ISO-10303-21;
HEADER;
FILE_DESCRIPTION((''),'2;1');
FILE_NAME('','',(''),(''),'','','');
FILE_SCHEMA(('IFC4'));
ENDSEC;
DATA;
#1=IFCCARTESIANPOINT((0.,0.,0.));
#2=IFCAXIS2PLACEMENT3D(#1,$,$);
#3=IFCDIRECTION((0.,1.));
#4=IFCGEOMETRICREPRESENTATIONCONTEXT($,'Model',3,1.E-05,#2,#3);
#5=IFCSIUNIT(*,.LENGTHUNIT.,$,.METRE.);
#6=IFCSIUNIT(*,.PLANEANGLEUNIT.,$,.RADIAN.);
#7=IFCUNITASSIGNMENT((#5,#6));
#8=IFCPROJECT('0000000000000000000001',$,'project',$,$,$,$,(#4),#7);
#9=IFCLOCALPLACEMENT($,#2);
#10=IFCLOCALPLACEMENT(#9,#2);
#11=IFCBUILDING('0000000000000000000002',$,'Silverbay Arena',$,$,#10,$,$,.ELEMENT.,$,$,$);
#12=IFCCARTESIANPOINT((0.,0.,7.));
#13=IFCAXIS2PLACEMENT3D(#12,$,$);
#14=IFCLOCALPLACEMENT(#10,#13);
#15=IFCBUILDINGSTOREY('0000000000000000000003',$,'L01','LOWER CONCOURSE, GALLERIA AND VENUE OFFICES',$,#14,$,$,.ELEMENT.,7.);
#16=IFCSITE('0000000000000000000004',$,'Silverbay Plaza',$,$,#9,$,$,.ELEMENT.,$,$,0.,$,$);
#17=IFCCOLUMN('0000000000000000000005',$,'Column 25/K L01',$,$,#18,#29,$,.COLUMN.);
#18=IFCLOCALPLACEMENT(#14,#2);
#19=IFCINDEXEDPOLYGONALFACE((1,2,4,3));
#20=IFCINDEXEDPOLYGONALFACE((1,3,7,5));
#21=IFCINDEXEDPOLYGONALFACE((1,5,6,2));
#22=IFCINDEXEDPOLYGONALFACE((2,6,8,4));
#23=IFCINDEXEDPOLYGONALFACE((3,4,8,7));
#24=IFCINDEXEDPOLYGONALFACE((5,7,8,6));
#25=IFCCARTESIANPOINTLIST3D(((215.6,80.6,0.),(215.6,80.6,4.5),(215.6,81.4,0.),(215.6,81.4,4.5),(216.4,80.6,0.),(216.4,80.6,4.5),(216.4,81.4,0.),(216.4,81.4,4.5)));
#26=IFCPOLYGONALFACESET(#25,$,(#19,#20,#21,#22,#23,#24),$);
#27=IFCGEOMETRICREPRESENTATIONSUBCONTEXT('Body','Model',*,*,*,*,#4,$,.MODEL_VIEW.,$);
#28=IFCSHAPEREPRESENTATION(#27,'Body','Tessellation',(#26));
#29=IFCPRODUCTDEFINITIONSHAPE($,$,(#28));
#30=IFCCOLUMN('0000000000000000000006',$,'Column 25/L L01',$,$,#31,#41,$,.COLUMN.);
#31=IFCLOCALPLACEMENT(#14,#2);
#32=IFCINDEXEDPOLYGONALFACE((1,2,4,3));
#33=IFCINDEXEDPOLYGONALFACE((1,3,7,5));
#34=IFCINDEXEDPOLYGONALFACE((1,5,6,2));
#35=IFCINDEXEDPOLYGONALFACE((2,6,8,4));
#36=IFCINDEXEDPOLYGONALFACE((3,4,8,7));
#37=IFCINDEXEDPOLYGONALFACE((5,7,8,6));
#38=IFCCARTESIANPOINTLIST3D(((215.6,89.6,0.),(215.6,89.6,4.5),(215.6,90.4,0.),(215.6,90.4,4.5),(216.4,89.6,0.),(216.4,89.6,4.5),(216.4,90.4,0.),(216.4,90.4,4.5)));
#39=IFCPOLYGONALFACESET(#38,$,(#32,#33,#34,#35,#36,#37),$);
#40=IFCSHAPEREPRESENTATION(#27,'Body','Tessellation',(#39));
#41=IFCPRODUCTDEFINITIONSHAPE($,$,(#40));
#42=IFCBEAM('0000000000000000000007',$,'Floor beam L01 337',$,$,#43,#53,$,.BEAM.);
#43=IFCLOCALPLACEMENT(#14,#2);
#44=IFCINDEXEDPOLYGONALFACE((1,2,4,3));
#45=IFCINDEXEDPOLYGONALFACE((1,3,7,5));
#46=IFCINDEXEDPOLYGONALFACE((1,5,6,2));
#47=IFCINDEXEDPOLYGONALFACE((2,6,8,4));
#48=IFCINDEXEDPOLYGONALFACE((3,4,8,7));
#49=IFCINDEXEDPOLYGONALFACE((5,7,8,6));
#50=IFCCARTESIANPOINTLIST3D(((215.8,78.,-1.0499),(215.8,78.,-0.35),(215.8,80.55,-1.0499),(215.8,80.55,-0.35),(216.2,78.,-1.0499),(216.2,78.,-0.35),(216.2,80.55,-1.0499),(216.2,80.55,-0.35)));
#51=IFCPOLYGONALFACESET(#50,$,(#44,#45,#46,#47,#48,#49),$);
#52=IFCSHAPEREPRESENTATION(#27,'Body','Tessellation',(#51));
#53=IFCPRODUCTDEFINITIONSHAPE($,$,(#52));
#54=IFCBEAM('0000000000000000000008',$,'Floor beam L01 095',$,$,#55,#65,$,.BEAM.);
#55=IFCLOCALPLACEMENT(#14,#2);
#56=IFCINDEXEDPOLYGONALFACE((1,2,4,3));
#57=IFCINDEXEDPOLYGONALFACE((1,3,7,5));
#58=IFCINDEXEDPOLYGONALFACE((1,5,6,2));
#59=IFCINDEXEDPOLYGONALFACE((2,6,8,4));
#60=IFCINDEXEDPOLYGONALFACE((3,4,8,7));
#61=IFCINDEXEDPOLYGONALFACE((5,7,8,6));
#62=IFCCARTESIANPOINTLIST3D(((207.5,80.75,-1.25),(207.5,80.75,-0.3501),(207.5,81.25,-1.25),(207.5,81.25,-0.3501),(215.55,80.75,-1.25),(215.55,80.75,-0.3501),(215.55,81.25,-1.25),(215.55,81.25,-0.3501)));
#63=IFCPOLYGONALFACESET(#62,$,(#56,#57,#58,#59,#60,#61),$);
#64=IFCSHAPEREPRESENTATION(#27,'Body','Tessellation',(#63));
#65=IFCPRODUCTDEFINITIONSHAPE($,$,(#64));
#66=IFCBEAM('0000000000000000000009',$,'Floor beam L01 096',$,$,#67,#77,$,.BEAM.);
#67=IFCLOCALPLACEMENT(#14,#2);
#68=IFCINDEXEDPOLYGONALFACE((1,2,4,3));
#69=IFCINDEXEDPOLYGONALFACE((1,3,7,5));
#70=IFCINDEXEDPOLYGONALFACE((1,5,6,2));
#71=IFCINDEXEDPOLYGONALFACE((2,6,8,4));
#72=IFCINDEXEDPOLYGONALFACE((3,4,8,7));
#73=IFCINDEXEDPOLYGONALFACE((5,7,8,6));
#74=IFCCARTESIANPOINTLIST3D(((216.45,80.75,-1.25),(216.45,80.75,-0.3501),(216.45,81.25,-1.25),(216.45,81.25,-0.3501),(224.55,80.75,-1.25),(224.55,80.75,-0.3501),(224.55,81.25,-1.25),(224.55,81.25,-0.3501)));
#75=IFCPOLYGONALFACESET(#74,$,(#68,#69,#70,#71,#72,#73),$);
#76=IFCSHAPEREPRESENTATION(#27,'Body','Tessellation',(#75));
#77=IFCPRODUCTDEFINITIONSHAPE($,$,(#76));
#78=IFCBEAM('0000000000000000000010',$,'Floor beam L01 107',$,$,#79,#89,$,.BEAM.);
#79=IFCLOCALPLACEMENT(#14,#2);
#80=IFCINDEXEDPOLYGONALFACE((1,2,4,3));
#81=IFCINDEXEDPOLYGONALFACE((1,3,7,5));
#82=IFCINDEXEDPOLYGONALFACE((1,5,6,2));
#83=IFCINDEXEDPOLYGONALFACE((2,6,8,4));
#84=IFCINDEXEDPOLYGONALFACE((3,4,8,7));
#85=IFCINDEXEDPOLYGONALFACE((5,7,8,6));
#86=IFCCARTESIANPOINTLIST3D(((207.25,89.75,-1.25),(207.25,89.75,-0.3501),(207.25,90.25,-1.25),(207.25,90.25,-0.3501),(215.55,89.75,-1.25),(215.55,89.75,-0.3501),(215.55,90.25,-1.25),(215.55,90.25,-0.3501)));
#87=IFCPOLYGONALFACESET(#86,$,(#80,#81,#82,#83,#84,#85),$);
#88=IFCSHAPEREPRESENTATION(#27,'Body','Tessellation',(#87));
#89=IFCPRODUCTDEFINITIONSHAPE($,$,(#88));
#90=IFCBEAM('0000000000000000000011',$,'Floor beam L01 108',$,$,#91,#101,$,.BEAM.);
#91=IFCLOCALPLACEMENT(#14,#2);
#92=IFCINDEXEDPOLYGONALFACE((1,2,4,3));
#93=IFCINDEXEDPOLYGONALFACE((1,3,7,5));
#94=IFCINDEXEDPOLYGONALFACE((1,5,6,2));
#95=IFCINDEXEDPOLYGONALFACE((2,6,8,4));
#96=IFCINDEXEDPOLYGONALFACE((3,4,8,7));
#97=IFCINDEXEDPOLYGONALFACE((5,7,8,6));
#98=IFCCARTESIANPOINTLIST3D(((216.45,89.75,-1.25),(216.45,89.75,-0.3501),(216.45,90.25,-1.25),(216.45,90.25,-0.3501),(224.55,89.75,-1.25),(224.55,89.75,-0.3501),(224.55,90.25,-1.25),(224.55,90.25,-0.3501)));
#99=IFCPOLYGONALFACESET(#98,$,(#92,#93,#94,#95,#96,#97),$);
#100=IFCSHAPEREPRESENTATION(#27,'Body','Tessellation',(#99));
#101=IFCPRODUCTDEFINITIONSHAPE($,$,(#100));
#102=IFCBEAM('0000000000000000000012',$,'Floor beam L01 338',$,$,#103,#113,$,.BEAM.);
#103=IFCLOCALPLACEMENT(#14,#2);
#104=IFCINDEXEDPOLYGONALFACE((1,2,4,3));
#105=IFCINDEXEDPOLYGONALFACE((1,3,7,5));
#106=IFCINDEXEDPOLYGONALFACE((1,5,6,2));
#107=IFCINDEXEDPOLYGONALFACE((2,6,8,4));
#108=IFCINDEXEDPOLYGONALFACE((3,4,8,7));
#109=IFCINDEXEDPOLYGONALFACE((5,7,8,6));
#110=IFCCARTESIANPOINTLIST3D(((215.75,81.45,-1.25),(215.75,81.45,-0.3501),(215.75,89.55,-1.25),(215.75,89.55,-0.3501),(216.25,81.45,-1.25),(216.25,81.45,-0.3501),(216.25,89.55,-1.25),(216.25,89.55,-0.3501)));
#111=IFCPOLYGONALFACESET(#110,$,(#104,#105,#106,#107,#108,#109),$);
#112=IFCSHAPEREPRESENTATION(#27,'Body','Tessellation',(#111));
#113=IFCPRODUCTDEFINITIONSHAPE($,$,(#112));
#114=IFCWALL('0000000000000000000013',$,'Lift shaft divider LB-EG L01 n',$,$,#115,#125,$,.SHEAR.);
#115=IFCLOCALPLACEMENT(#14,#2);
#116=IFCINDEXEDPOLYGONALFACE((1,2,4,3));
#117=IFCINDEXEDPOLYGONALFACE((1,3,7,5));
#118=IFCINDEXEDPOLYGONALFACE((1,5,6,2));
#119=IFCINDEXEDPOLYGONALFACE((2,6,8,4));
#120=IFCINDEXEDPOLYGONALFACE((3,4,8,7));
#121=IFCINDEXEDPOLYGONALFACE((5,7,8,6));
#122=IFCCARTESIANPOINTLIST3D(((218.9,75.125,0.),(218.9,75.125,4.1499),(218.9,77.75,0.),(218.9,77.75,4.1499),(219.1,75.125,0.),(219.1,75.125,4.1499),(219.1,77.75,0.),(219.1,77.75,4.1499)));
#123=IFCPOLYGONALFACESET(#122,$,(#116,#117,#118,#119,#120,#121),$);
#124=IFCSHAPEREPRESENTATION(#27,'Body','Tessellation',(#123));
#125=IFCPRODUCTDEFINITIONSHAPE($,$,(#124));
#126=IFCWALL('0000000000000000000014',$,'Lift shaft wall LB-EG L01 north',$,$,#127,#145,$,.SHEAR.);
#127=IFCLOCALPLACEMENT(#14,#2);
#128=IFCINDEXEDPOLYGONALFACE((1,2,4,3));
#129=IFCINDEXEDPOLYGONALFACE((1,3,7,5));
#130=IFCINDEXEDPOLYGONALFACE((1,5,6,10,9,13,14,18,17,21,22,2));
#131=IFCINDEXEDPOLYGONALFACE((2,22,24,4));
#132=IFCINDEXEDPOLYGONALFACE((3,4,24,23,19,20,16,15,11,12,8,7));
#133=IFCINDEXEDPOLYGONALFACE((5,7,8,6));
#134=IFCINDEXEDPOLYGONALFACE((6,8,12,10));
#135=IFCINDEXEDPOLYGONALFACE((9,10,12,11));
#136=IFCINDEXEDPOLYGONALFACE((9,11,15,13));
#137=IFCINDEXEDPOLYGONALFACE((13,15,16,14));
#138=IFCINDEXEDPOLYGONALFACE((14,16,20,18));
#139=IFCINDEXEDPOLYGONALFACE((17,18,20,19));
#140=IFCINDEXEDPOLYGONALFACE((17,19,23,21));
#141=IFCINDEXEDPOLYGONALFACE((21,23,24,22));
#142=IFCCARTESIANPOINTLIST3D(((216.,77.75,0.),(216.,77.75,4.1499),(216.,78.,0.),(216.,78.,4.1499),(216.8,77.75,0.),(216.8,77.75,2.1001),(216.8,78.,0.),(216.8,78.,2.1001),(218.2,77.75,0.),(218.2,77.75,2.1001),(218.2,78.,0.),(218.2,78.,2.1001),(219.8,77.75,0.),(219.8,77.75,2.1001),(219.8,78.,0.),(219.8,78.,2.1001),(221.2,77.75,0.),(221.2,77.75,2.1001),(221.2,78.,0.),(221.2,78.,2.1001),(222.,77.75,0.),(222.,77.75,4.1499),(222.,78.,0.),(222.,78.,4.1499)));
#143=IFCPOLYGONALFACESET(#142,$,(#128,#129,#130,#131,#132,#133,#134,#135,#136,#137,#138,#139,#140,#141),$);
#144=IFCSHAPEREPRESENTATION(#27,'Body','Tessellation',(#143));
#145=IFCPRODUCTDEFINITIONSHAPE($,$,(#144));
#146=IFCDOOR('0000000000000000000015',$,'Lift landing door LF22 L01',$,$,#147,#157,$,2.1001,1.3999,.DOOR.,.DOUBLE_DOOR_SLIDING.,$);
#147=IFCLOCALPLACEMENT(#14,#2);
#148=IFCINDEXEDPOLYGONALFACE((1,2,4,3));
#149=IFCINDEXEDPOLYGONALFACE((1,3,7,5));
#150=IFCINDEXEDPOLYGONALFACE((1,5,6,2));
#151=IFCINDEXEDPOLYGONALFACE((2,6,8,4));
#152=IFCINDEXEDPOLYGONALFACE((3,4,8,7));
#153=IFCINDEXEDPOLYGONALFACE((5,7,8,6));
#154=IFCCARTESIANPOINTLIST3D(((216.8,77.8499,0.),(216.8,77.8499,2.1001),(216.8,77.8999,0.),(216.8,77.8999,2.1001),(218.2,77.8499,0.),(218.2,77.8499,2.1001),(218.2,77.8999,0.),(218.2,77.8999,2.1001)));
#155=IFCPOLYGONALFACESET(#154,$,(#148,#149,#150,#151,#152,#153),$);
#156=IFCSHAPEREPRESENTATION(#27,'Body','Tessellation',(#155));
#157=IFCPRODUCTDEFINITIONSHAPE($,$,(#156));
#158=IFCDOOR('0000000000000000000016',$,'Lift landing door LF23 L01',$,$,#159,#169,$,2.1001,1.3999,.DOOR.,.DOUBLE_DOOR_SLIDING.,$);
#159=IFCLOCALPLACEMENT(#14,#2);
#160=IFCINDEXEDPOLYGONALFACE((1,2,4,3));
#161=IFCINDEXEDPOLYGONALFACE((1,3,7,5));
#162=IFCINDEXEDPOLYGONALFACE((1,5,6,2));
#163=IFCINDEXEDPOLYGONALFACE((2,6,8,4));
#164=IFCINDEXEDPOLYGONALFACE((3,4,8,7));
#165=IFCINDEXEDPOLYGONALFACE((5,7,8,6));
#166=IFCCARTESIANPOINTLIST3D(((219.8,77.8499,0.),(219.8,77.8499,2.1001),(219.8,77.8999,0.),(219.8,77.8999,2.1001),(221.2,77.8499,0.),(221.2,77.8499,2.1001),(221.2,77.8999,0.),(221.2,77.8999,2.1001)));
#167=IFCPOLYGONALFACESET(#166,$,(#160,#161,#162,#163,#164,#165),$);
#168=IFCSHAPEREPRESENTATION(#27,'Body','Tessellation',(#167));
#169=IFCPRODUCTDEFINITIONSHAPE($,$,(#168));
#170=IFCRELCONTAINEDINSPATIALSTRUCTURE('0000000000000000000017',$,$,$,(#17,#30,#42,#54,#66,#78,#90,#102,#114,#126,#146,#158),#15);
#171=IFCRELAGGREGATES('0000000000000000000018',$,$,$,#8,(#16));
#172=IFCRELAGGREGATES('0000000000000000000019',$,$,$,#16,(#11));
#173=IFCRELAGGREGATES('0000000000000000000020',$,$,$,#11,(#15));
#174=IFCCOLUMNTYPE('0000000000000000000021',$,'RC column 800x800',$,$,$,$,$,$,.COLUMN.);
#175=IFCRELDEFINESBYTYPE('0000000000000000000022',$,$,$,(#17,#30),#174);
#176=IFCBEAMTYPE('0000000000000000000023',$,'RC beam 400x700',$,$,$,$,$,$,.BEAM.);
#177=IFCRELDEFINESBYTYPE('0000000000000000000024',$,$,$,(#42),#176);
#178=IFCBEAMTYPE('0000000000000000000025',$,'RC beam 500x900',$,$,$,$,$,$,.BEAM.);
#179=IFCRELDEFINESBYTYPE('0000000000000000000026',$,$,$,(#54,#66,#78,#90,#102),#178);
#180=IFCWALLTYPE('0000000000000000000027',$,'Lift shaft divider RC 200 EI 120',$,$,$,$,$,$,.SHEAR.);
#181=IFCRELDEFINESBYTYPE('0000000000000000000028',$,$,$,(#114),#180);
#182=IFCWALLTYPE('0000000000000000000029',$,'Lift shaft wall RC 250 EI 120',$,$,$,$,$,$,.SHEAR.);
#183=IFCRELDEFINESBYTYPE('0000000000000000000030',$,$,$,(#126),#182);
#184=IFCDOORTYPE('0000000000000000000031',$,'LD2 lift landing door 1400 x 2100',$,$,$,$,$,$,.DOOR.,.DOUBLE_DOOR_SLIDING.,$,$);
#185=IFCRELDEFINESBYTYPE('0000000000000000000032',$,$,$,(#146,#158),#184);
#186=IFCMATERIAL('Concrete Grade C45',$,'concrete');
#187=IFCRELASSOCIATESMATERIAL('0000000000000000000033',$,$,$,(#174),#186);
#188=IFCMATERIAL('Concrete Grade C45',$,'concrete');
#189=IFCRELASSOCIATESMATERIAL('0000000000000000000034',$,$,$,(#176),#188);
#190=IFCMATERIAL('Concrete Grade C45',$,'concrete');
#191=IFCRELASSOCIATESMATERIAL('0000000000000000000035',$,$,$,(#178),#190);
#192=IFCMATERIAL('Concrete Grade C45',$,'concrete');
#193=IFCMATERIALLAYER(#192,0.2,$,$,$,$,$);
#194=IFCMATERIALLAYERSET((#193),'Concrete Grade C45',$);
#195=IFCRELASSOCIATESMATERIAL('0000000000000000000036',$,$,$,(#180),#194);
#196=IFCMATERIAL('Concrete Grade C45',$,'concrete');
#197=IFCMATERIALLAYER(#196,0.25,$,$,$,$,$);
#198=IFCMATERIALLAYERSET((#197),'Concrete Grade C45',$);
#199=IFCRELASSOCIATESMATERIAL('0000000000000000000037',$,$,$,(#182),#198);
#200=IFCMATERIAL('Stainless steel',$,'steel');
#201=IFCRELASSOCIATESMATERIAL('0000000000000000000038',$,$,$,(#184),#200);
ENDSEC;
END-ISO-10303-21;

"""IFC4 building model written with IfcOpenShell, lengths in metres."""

from ifc_helpers import new_model, si_unit, direction, frame, frame_2d, origin, origin_2d, place, context, subcontext, project, spatial, rectangle, extrude, material, layer, layer_set, material_profile, profile_set, type_object, element, fill, save


model = new_model("IFC4")

# Units and contexts
model_context = context("Model", 3, precision=1e-05, world=origin(), true_north=direction((0.0, 1.0)))
body_context = subcontext(model_context, "Body", "Model", "MODEL_VIEW")
ifc_project = project(units=[si_unit("LENGTHUNIT", "METRE"), si_unit("PLANEANGLEUNIT", "RADIAN")], contexts=[model_context])

# Site, building, storey
site_placement = place(None, origin())
site = spatial("IfcSite", under=ifc_project, at=site_placement, Name="Silverbay Plaza", CompositionType="ELEMENT", RefElevation=0.0)
building_placement = place(site_placement, origin())
building = spatial("IfcBuilding", under=site, at=building_placement, Name="Silverbay Arena", CompositionType="ELEMENT")
storey_placement = place(building_placement, frame((0.0, 0.0, 7.0)))
storey = spatial("IfcBuildingStorey", under=building, at=storey_placement, Name="L01", Description="LOWER CONCOURSE, GALLERIA AND VENUE OFFICES", CompositionType="ELEMENT", Elevation=7.0)

# Columns
ifc_material_1 = material(Name="Concrete Grade C45", Category="concrete")
ifc_material_profile_1 = material_profile(ifc_material_1, rectangle(XDim=0.8, YDim=0.8, at=origin_2d()), Name="RC 800x800")
ifc_profile_set_1 = profile_set([ifc_material_profile_1], Name="Concrete Grade C45")
column_type = type_object("IfcColumnType", Name="RC column 800x800", PredefinedType="COLUMN", material=ifc_profile_set_1)
for number, where, z_axis, x_axis, name in (
    (1, (216.0, 81.0, 0.0), (0.0, 0.0, 1.0), (1.0, 0.0, 0.0), "Column 25/K L01"),
    (2, (216.0, 90.0, 0.0), (0.0, 0.0, 1.0), (1.0, 0.0, 0.0), "Column 25/L L01"),
):
    element("IfcColumn", number, at=place(storey_placement, frame(where, z_axis=z_axis, x_axis=x_axis)), inside=storey, type_object=column_type, Name=name, PredefinedType="COLUMN", context=body_context, shape_type="SweptSolid", body=[
        extrude(rectangle(XDim=0.8, YDim=0.8, at=origin_2d()), origin(), (0.0, 0.0, 1.0), 4.5),
    ])

# Beams
ifc_material_2 = material(Name="Concrete Grade C45", Category="concrete")
ifc_material_profile_2 = material_profile(ifc_material_2, rectangle(XDim=0.3999, YDim=0.7, at=origin_2d()), Name="RC 400x700")
ifc_profile_set_2 = profile_set([ifc_material_profile_2], Name="Concrete Grade C45")
beam_type_1 = type_object("IfcBeamType", Name="RC beam 400x700", PredefinedType="BEAM", material=ifc_profile_set_2)
beam_1_placement = place(storey_placement, frame((216.0, 78.0, -0.7), z_axis=(0.0, 1.0, 0.0), x_axis=(-1.0, 0.0, 0.0)))
element("IfcBeam", 3, at=beam_1_placement, inside=storey, type_object=beam_type_1, Name="Floor beam L01 337", PredefinedType="BEAM", context=body_context, shape_type="SweptSolid", body=[
    extrude(rectangle(XDim=0.3999, YDim=0.7, at=origin_2d()), origin(), (0.0, 0.0, 1.0), 2.55),
])
ifc_material_3 = material(Name="Concrete Grade C45", Category="concrete")
ifc_material_profile_3 = material_profile(ifc_material_3, rectangle(XDim=0.5, YDim=0.8999, at=origin_2d()), Name="RC 500x900")
ifc_profile_set_3 = profile_set([ifc_material_profile_3], Name="Concrete Grade C45")
beam_type_2 = type_object("IfcBeamType", Name="RC beam 500x900", PredefinedType="BEAM", material=ifc_profile_set_3)
beam_2_placement = place(storey_placement, frame((207.5, 81.0, -0.8), z_axis=(1.0, 0.0, 0.0), x_axis=(0.0, 1.0, 0.0)))
element("IfcBeam", 4, at=beam_2_placement, inside=storey, type_object=beam_type_2, Name="Floor beam L01 095", PredefinedType="BEAM", context=body_context, shape_type="SweptSolid", body=[
    extrude(rectangle(XDim=0.5, YDim=0.8999, at=origin_2d()), origin(), (0.0, 0.0, 1.0), 8.05),
])
beam_3_placement = place(storey_placement, frame((216.45, 81.0, -0.8), z_axis=(1.0, 0.0, 0.0), x_axis=(0.0, 1.0, 0.0)))
element("IfcBeam", 5, at=beam_3_placement, inside=storey, type_object=beam_type_2, Name="Floor beam L01 096", PredefinedType="BEAM", context=body_context, shape_type="SweptSolid", body=[
    extrude(rectangle(XDim=0.5, YDim=0.8999, at=origin_2d()), origin(), (0.0, 0.0, 1.0), 8.1001),
])
beam_4_placement = place(storey_placement, frame((207.25, 90.0, -0.8), z_axis=(1.0, 0.0, 0.0), x_axis=(0.0, 1.0, 0.0)))
element("IfcBeam", 6, at=beam_4_placement, inside=storey, type_object=beam_type_2, Name="Floor beam L01 107", PredefinedType="BEAM", context=body_context, shape_type="SweptSolid", body=[
    extrude(rectangle(XDim=0.5, YDim=0.8999, at=origin_2d()), origin(), (0.0, 0.0, 1.0), 8.3),
])
for number, where, z_axis, x_axis, name in (
    (7, (216.45, 90.0, -0.8), (1.0, 0.0, 0.0), (0.0, 1.0, 0.0), "Floor beam L01 108"),
    (8, (216.0, 81.45, -0.8), (0.0, 1.0, 0.0), (-1.0, 0.0, 0.0), "Floor beam L01 338"),
):
    element("IfcBeam", number, at=place(storey_placement, frame(where, z_axis=z_axis, x_axis=x_axis)), inside=storey, type_object=beam_type_2, Name=name, PredefinedType="BEAM", context=body_context, shape_type="SweptSolid", body=[
        extrude(rectangle(XDim=0.5, YDim=0.8999, at=origin_2d()), origin(), (0.0, 0.0, 1.0), 8.1001),
    ])

# Wall
ifc_material_4 = material(Name="Concrete Grade C45", Category="concrete")
ifc_layer_1 = layer(ifc_material_4, 0.2)
ifc_layer_set_1 = layer_set([ifc_layer_1], Name="Concrete Grade C45")
wall_type_1 = type_object("IfcWallType", Name="Lift shaft divider RC 200 EI 120", PredefinedType="SHEAR", material=ifc_layer_set_1)
wall_1_placement = place(storey_placement, frame((219.0, 75.125, 0.0), z_axis=(0.0, 0.0, 1.0), x_axis=(0.0, 1.0, 0.0)))
element("IfcWall", 9, at=wall_1_placement, inside=storey, type_object=wall_type_1, Name="Lift shaft divider LB-EG L01 n", PredefinedType="SHEAR", context=body_context, shape_type="SweptSolid", body=[
    extrude(rectangle(XDim=2.625, YDim=0.2, at=frame_2d((1.3125, 0.0))), origin(), (0.0, 0.0, 1.0), 4.1499),
])

# Wall, openings, doors
ifc_material_5 = material(Name="Concrete Grade C45", Category="concrete")
ifc_layer_2 = layer(ifc_material_5, 0.25)
ifc_layer_set_2 = layer_set([ifc_layer_2], Name="Concrete Grade C45")
wall_type_2 = type_object("IfcWallType", Name="Lift shaft wall RC 250 EI 120", PredefinedType="SHEAR", material=ifc_layer_set_2)
wall_2_placement = place(storey_placement, frame((216.0, 77.875, 0.0), z_axis=(0.0, 0.0, 1.0), x_axis=(1.0, 0.0, 0.0)))
wall_2 = element("IfcWall", 10, at=wall_2_placement, inside=storey, type_object=wall_type_2, Name="Lift shaft wall LB-EG L01 north", PredefinedType="SHEAR", context=body_context, shape_type="SweptSolid", body=[
    extrude(rectangle(XDim=6.0, YDim=0.25, at=frame_2d((3.0, 0.0))), origin(), (0.0, 0.0, 1.0), 4.1499),
])
opening_1_placement = place(wall_2_placement, frame((0.8, 0.0, 0.0)))
opening_1 = element("IfcOpeningElement", 11, at=opening_1_placement, cuts=wall_2, PredefinedType="OPENING", context=body_context, shape_type="SweptSolid", body=[
    extrude(rectangle(XDim=1.3999, YDim=2.1001, at=frame_2d((0.7, 1.05))), frame((0.0, 0.135, 0.0), z_axis=(0.0, -1.0, 0.0), x_axis=(1.0, 0.0, 0.0)), (0.0, 0.0, 1.0), 0.27),
])
opening_2_placement = place(wall_2_placement, frame((3.8, 0.0, 0.0)))
opening_2 = element("IfcOpeningElement", 12, at=opening_2_placement, cuts=wall_2, PredefinedType="OPENING", context=body_context, shape_type="SweptSolid", body=[
    extrude(rectangle(XDim=1.3999, YDim=2.1001, at=frame_2d((0.7, 1.05))), frame((0.0, 0.135, 0.0), z_axis=(0.0, -1.0, 0.0), x_axis=(1.0, 0.0, 0.0)), (0.0, 0.0, 1.0), 0.27),
])
ifc_material_6 = material(Name="Stainless steel", Category="steel")
door_type_1 = type_object("IfcDoorType", Name="LD2 lift landing door 1400 x 2100", OperationType="DOUBLE_DOOR_SLIDING", PredefinedType="DOOR", material=ifc_material_6)
door_1_placement = place(opening_1_placement, origin())
door_1 = element("IfcDoor", 13, at=door_1_placement, inside=storey, type_object=door_type_1, Name="Lift landing door LF22 L01", OperationType="DOUBLE_DOOR_SLIDING", OverallHeight=2.1001, OverallWidth=1.3999, PredefinedType="DOOR", context=body_context, shape_type="SweptSolid", body=[
    extrude(rectangle(XDim=1.3999, YDim=2.1001, at=frame_2d((0.7, 1.05))), frame((0.0, 0.0249, 0.0), z_axis=(0.0, -1.0, 0.0), x_axis=(1.0, 0.0, 0.0)), (0.0, 0.0, 1.0), 0.05),
])
fill(opening_1, door_1)
door_2_placement = place(opening_2_placement, origin())
door_2 = element("IfcDoor", 14, at=door_2_placement, inside=storey, type_object=door_type_1, Name="Lift landing door LF23 L01", OperationType="DOUBLE_DOOR_SLIDING", OverallHeight=2.1001, OverallWidth=1.3999, PredefinedType="DOOR", context=body_context, shape_type="SweptSolid", body=[
    extrude(rectangle(XDim=1.3999, YDim=2.1001, at=frame_2d((0.7, 1.05))), frame((0.0, 0.0249, 0.0), z_axis=(0.0, -1.0, 0.0), x_axis=(1.0, 0.0, 0.0)), (0.0, 0.0, 1.0), 0.05),
])
fill(opening_2, door_2)

save(model, "model.ifc")
